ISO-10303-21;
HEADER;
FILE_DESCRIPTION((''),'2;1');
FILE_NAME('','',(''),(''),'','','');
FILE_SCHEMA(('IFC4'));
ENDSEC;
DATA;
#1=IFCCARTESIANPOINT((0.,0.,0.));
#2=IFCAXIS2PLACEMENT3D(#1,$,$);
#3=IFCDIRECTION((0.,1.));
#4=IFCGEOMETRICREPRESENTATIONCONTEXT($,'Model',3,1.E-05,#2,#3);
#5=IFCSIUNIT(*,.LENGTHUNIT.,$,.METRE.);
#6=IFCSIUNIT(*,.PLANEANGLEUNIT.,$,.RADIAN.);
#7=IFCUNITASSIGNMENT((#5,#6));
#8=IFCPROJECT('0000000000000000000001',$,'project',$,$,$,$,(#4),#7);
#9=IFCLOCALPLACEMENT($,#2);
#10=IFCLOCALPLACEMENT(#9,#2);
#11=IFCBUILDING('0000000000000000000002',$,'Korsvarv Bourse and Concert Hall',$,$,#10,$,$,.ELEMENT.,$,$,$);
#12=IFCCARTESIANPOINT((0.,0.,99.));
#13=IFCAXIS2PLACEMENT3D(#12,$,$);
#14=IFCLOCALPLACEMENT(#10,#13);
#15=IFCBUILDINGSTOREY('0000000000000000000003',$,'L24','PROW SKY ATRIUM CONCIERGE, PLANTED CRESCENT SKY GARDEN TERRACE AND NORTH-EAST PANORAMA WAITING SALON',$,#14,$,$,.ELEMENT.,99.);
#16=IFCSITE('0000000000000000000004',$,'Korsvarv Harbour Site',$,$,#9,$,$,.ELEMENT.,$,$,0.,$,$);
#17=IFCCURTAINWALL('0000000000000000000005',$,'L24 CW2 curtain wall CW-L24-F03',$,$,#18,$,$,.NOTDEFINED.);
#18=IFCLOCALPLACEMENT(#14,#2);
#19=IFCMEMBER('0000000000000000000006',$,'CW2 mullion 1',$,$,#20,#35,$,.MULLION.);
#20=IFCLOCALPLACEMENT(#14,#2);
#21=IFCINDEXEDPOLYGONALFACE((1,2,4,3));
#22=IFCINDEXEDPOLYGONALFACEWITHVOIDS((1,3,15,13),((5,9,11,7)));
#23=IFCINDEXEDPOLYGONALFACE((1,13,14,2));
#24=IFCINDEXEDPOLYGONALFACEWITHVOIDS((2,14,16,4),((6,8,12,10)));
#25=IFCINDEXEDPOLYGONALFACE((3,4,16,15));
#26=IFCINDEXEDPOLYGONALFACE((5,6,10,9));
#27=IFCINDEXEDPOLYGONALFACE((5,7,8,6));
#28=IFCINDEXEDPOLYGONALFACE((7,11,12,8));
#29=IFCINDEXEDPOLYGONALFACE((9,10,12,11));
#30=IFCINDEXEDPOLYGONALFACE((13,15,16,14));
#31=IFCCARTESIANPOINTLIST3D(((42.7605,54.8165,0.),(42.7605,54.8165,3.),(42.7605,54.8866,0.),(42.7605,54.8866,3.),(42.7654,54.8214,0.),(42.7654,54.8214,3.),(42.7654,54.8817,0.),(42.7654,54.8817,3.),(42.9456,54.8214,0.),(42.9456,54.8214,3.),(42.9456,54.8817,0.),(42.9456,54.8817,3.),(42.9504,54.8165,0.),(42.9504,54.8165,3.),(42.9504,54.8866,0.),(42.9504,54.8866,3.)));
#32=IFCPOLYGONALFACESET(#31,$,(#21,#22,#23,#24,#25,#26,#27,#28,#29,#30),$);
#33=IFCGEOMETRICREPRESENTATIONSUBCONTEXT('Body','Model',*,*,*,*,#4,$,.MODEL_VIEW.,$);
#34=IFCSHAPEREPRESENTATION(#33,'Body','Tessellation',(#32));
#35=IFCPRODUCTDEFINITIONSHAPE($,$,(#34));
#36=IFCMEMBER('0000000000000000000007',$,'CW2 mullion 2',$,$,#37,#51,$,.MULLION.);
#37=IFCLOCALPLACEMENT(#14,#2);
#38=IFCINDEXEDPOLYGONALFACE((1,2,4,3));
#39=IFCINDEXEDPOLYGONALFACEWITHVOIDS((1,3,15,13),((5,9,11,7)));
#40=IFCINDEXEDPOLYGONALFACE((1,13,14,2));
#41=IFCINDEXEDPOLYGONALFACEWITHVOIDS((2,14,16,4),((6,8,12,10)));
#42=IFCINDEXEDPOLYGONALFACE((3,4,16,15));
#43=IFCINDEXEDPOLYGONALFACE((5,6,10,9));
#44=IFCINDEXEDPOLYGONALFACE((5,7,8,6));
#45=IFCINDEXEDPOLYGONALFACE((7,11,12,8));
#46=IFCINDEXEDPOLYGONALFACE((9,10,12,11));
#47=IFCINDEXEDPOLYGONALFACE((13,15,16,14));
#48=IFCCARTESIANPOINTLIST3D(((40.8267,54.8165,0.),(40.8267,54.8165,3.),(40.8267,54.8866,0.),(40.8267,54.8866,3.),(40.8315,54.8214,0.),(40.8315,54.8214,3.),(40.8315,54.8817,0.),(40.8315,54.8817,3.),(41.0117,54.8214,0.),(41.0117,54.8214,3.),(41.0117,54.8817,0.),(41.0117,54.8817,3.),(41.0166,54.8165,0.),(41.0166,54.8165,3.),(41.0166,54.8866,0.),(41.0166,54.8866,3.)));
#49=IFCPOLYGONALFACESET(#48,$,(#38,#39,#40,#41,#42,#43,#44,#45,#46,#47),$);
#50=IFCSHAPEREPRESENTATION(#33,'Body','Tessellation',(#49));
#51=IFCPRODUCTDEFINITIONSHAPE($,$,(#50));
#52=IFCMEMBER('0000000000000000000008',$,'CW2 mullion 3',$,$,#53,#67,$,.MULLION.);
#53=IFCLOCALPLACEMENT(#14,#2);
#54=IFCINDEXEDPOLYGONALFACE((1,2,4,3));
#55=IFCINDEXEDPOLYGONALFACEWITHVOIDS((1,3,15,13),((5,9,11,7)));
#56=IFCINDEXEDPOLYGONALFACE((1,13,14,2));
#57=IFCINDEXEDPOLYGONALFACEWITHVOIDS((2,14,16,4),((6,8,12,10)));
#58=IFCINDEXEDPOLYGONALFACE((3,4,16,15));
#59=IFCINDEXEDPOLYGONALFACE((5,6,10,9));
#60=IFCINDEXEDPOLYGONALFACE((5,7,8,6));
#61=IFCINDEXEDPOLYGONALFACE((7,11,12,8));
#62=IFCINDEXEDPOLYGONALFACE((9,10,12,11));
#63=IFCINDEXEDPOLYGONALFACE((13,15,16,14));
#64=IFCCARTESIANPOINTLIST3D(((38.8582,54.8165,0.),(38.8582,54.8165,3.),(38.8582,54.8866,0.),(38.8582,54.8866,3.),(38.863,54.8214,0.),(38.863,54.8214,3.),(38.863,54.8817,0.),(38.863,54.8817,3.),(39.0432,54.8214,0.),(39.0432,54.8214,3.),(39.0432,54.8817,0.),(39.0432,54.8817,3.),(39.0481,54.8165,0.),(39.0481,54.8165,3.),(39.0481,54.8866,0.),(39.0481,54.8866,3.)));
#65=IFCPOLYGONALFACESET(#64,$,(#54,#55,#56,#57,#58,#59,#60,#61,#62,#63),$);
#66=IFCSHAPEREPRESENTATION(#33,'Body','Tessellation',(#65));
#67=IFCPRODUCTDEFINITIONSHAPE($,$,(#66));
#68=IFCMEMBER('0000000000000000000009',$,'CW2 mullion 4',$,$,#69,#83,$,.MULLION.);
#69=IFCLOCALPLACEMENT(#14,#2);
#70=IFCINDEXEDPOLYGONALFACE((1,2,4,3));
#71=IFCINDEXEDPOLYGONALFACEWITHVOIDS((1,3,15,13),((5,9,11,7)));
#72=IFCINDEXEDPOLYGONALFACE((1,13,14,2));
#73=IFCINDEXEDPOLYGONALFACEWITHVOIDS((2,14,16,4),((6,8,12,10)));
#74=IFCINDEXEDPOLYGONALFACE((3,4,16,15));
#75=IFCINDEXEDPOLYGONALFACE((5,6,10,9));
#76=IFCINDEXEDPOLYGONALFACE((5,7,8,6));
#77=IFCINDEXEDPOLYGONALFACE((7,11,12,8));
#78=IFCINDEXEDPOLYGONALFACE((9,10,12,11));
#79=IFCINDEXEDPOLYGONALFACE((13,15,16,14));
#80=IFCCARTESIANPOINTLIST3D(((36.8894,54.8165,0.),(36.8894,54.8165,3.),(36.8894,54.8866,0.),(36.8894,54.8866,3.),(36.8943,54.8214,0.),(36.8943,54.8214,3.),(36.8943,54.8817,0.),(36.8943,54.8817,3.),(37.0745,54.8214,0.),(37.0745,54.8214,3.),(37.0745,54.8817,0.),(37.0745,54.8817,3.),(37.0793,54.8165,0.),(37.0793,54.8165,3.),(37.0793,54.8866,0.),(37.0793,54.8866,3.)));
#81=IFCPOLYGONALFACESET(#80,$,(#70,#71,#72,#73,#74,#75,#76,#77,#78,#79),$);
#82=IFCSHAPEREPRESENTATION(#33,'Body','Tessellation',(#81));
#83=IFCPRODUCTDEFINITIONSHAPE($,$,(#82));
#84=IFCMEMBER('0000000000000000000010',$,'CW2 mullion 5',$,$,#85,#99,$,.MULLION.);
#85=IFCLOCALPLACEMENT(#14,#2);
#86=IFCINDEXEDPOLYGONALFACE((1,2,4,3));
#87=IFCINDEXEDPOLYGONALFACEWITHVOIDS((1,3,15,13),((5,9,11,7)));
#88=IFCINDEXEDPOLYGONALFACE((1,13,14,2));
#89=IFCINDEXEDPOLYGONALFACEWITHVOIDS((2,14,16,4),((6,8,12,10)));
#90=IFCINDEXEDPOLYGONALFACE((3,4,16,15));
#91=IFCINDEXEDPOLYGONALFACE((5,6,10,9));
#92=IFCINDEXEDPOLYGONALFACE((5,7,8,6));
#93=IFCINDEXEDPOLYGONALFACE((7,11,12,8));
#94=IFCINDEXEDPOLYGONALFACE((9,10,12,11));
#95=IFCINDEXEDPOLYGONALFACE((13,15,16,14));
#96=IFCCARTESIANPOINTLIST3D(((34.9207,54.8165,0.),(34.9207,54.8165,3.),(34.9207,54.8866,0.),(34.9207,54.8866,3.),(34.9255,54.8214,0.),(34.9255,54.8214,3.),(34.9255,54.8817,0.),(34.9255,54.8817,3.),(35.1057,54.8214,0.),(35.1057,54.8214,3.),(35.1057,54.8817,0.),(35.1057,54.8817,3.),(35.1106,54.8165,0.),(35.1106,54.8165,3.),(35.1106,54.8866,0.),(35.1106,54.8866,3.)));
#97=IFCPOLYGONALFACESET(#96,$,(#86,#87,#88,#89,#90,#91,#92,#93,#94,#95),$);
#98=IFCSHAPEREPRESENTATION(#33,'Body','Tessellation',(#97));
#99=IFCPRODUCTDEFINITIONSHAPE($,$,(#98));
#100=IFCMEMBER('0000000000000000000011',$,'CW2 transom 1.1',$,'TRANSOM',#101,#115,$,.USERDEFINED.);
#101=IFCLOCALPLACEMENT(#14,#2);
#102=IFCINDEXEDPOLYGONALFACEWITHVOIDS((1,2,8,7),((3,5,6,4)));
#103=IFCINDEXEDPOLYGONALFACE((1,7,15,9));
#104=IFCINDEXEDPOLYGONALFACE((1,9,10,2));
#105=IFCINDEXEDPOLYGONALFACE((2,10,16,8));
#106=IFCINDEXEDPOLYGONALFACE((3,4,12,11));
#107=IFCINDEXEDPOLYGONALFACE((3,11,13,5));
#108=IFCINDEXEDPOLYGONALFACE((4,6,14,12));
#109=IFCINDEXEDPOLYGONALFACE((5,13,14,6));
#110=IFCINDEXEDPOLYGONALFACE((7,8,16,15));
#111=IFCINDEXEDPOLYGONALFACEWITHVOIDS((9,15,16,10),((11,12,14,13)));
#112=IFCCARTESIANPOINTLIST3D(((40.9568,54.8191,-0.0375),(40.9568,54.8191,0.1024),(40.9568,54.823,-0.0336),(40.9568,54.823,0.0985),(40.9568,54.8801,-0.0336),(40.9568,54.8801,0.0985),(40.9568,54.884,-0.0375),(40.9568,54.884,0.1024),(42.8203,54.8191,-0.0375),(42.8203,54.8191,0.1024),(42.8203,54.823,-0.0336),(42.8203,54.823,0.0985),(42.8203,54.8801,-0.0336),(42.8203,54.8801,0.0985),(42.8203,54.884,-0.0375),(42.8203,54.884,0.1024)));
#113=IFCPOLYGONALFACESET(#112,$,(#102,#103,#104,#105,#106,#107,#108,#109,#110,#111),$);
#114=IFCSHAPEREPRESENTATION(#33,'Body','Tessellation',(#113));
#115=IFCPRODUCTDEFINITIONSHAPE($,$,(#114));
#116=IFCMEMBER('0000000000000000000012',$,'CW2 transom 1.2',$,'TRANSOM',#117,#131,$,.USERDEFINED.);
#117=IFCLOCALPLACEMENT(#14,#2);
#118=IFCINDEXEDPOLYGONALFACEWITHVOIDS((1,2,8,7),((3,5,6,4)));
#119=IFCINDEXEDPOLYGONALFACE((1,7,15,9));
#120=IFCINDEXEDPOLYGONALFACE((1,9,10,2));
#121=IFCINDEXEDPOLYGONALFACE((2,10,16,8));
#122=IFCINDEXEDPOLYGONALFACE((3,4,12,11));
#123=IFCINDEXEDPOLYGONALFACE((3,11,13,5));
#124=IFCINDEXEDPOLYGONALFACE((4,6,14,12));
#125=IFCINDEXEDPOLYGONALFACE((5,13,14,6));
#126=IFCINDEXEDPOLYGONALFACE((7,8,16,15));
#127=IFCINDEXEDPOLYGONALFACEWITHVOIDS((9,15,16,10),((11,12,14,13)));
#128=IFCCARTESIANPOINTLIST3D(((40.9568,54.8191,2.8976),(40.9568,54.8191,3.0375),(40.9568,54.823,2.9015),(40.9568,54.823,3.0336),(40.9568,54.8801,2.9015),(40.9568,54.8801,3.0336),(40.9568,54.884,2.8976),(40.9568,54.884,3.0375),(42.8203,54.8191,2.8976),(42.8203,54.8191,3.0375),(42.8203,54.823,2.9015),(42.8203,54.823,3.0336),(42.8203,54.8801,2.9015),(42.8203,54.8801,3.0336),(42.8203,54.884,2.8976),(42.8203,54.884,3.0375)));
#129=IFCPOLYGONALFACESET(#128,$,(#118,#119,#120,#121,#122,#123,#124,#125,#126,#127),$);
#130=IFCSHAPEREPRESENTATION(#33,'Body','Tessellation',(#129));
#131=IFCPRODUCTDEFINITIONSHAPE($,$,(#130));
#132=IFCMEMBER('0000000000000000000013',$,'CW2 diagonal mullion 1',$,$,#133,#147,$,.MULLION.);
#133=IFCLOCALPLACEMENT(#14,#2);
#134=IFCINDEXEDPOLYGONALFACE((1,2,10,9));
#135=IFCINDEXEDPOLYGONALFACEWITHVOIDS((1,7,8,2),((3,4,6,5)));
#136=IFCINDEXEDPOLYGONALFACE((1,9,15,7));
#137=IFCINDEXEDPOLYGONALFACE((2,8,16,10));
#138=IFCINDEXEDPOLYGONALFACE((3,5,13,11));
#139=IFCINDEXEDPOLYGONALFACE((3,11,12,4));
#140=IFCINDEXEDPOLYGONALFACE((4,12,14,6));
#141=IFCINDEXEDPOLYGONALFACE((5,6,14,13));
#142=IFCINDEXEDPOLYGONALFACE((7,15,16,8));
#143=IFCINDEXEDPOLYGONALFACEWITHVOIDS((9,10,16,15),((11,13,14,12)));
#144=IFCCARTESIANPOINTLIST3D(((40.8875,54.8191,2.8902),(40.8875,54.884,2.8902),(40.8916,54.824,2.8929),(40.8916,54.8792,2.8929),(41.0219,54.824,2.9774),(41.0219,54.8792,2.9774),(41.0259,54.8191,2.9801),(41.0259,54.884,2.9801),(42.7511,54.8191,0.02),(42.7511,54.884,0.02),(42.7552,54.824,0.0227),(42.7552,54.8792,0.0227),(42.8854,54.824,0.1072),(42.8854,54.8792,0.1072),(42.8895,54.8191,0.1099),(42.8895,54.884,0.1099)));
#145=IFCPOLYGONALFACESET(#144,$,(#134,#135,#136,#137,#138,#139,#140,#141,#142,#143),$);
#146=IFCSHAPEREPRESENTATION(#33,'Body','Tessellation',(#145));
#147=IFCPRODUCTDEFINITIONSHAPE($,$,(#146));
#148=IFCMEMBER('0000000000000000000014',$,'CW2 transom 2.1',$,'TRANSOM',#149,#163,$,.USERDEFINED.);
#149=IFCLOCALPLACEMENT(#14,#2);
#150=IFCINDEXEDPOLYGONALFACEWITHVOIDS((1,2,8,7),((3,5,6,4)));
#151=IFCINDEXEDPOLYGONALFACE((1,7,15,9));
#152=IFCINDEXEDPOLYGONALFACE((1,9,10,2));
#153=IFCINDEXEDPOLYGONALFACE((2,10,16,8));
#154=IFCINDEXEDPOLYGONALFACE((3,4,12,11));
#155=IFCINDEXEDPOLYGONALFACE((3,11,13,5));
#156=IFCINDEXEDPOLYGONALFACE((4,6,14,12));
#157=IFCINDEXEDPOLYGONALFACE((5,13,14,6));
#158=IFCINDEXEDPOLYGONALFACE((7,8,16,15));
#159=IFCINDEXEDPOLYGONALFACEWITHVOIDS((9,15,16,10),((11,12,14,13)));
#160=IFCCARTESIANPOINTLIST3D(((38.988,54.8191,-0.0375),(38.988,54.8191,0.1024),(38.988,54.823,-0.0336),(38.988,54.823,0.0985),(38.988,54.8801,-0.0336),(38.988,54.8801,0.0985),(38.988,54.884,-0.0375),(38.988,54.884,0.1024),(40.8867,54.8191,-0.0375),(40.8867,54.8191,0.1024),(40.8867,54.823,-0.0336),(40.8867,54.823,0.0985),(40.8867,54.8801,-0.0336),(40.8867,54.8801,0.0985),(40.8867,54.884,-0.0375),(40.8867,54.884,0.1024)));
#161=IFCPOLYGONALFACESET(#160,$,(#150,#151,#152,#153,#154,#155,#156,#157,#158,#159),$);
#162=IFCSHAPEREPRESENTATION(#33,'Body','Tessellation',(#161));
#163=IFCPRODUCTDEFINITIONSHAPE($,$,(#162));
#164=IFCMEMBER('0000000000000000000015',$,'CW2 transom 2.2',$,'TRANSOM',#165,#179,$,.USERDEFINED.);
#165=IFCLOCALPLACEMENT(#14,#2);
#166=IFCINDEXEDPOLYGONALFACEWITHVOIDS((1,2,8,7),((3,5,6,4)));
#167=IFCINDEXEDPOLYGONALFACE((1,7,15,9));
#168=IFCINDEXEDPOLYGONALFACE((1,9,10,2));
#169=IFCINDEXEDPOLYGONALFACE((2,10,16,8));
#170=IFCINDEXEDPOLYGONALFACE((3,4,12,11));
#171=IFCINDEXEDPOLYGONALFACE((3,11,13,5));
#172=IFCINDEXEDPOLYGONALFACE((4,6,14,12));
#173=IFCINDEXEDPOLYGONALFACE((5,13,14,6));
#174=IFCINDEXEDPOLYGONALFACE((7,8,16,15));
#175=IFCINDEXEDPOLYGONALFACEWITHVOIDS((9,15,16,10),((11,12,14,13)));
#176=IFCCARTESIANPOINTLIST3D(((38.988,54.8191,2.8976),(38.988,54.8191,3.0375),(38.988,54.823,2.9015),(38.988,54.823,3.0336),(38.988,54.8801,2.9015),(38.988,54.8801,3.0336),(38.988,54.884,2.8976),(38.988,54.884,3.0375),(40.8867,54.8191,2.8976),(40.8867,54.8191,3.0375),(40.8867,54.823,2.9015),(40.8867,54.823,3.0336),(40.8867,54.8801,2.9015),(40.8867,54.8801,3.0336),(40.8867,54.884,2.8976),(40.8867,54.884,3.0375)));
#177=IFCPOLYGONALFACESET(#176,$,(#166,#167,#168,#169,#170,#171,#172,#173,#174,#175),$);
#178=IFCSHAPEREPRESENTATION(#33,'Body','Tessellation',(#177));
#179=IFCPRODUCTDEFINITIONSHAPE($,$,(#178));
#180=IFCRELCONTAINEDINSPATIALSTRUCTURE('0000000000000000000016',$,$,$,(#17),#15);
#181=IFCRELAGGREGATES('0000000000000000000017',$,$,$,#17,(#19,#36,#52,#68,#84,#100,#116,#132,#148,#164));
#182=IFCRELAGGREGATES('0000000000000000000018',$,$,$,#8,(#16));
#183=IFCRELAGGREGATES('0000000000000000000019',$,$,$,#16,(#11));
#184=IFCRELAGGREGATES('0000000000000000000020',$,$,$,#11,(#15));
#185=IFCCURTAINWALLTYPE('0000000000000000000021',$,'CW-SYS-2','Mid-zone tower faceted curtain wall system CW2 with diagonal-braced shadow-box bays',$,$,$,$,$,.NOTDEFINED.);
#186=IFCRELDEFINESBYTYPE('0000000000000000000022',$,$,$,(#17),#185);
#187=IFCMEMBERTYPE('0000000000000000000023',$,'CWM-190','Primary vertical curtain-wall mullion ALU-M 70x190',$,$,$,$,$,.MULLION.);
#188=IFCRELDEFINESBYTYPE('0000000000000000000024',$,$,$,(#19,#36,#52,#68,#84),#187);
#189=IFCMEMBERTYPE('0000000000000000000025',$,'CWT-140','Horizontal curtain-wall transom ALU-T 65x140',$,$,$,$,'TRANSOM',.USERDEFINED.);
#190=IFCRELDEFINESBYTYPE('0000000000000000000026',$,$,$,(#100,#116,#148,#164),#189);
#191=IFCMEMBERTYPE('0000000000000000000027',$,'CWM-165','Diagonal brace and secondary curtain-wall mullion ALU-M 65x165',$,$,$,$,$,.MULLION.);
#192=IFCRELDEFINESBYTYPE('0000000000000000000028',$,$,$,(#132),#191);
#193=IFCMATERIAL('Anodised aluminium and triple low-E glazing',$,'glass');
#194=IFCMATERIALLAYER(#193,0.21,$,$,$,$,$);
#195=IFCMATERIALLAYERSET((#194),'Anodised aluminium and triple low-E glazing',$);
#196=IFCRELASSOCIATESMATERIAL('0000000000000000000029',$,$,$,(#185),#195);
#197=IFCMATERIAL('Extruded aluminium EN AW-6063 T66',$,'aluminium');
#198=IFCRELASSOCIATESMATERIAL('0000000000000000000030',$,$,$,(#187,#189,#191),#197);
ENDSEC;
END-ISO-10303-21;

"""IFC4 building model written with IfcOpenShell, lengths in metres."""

from ifc_helpers import new_model, si_unit, direction, frame, origin, origin_2d, place, context, subcontext, project, spatial, hollow_rectangle, extrude, source, transform, mapped, material, layer, layer_set, material_profile, profile_set, type_object, element, aggregate, save


model = new_model("IFC4")

# Units and contexts
model_context = context("Model", 3, precision=1e-05, world=origin(), true_north=direction((0.0, 1.0)))
body_context = subcontext(model_context, "Body", "Model", "MODEL_VIEW")
ifc_project = project(units=[si_unit("LENGTHUNIT", "METRE"), si_unit("PLANEANGLEUNIT", "RADIAN")], contexts=[model_context])

# Site, building, storey
site_placement = place(None, origin())
site = spatial("IfcSite", under=ifc_project, at=site_placement, Name="Korsvarv Harbour Site", CompositionType="ELEMENT", RefElevation=0.0)
building_placement = place(site_placement, origin())
building = spatial("IfcBuilding", under=site, at=building_placement, Name="Korsvarv Bourse and Concert Hall", CompositionType="ELEMENT")
storey_placement = place(building_placement, frame((0.0, 0.0, 99.0)))
storey = spatial("IfcBuildingStorey", under=building, at=storey_placement, Name="L24", Description="PROW SKY ATRIUM CONCIERGE, PLANTED CRESCENT SKY GARDEN TERRACE AND NORTH-EAST PANORAMA WAITING SALON", CompositionType="ELEMENT", Elevation=99.0)

# Curtain wall, members
ifc_material_1 = material(Name="Anodised aluminium and triple low-E glazing", Category="glass")
ifc_layer_1 = layer(ifc_material_1, 0.21)
ifc_layer_set_1 = layer_set([ifc_layer_1], Name="Anodised aluminium and triple low-E glazing")
curtain_wall_type = type_object("IfcCurtainWallType", Name="CW-SYS-2", Description="Mid-zone tower faceted curtain wall system CW2 with diagonal-braced shadow-box bays", PredefinedType="NOTDEFINED", material=ifc_layer_set_1)
curtain_wall_placement = place(storey_placement, origin())
curtain_wall = element("IfcCurtainWall", 1, at=curtain_wall_placement, inside=storey, type_object=curtain_wall_type, Name="L24 CW2 curtain wall CW-L24-F03", PredefinedType="NOTDEFINED")
ifc_material_2 = material(Name="Extruded aluminium EN AW-6063 T66", Category="aluminium")
ifc_material_profile_1 = material_profile(ifc_material_2, hollow_rectangle(XDim=0.0701, YDim=0.1899, WallThickness=0.0049, at=origin_2d()), Name="ALU-M 70x190")
ifc_profile_set_1 = profile_set([ifc_material_profile_1], Name="Extruded aluminium EN AW-6063 T66")
member_type_1 = type_object("IfcMemberType", Name="CWM-190", Description="Primary vertical curtain-wall mullion ALU-M 70x190", PredefinedType="MULLION", material=ifc_profile_set_1)
shared_shape_1 = source(origin(), body_context, "Body", "SweptSolid", [
    extrude(hollow_rectangle(XDim=0.0701, YDim=0.1899, WallThickness=0.0049, at=origin_2d()), origin(), (0.0, 0.0, 1.0), 3.0),
])
member_1_placement = place(storey_placement, frame((42.8555, 54.8516, 0.0), z_axis=(0.0, 0.0, 1.0), x_axis=(0.0, -1.0, 0.0)))
member_1 = element("IfcMember", 2, at=member_1_placement, type_object=member_type_1, Name="CW2 mullion 1", PredefinedType="MULLION", context=body_context, shape_type="MappedRepresentation", body=[
    mapped(shared_shape_1, transform((0.0, 0.0, 0.0), scale=1.0)),
])
member_2_placement = place(storey_placement, frame((40.9216, 54.8516, 0.0), z_axis=(0.0, 0.0, 1.0), x_axis=(0.0, -1.0, 0.0)))
member_2 = element("IfcMember", 3, at=member_2_placement, type_object=member_type_1, Name="CW2 mullion 2", PredefinedType="MULLION", context=body_context, shape_type="MappedRepresentation", body=[
    mapped(shared_shape_1, transform((0.0, 0.0, 0.0), scale=1.0)),
])
member_3_placement = place(storey_placement, frame((38.9531, 54.8516, 0.0), z_axis=(0.0, 0.0, 1.0), x_axis=(0.0, -1.0, 0.0)))
member_3 = element("IfcMember", 4, at=member_3_placement, type_object=member_type_1, Name="CW2 mullion 3", PredefinedType="MULLION", context=body_context, shape_type="MappedRepresentation", body=[
    mapped(shared_shape_1, transform((0.0, 0.0, 0.0), scale=1.0)),
])
member_4_placement = place(storey_placement, frame((36.9844, 54.8516, 0.0), z_axis=(0.0, 0.0, 1.0), x_axis=(0.0, -1.0, 0.0)))
member_4 = element("IfcMember", 5, at=member_4_placement, type_object=member_type_1, Name="CW2 mullion 4", PredefinedType="MULLION", context=body_context, shape_type="MappedRepresentation", body=[
    mapped(shared_shape_1, transform((0.0, 0.0, 0.0), scale=1.0)),
])
member_5_placement = place(storey_placement, frame((35.0156, 54.8516, 0.0), z_axis=(0.0, 0.0, 1.0), x_axis=(0.0, -1.0, 0.0)))
member_5 = element("IfcMember", 6, at=member_5_placement, type_object=member_type_1, Name="CW2 mullion 5", PredefinedType="MULLION", context=body_context, shape_type="MappedRepresentation", body=[
    mapped(shared_shape_1, transform((0.0, 0.0, 0.0), scale=1.0)),
])
ifc_material_profile_2 = material_profile(ifc_material_2, hollow_rectangle(XDim=0.0649, YDim=0.1399, WallThickness=0.0039, at=origin_2d()), Name="ALU-T 65x140")
ifc_profile_set_2 = profile_set([ifc_material_profile_2], Name="Extruded aluminium EN AW-6063 T66")
member_type_2 = type_object("IfcMemberType", Name="CWT-140", Description="Horizontal curtain-wall transom ALU-T 65x140", ElementType="TRANSOM", PredefinedType="USERDEFINED", material=ifc_profile_set_2)
shared_shape_2 = source(origin(), body_context, "Body", "SweptSolid", [
    extrude(hollow_rectangle(XDim=0.0649, YDim=0.1399, WallThickness=0.0039, at=origin_2d()), origin(), (0.0, 0.0, 1.0), 1.8635),
])
member_6_placement = place(storey_placement, frame((42.8203, 54.8516, 0.0325), z_axis=(-1.0, 0.0, 0.0), x_axis=(0.0, -1.0, 0.0)))
member_6 = element("IfcMember", 7, at=member_6_placement, type_object=member_type_2, Name="CW2 transom 1.1", ObjectType="TRANSOM", PredefinedType="USERDEFINED", context=body_context, shape_type="MappedRepresentation", body=[
    mapped(shared_shape_2, transform((0.0, 0.0, 0.0), scale=1.0)),
])
member_7_placement = place(storey_placement, frame((42.8203, 54.8516, 2.9675), z_axis=(-1.0, 0.0, 0.0), x_axis=(0.0, -1.0, 0.0)))
member_7 = element("IfcMember", 8, at=member_7_placement, type_object=member_type_2, Name="CW2 transom 1.2", ObjectType="TRANSOM", PredefinedType="USERDEFINED", context=body_context, shape_type="MappedRepresentation", body=[
    mapped(shared_shape_2, transform((0.0, 0.0, 0.0), scale=1.0)),
])
ifc_material_profile_3 = material_profile(ifc_material_2, hollow_rectangle(XDim=0.0649, YDim=0.165, WallThickness=0.0049, at=origin_2d()), Name="ALU-M 65x165")
ifc_profile_set_3 = profile_set([ifc_material_profile_3], Name="Extruded aluminium EN AW-6063 T66")
member_type_3 = type_object("IfcMemberType", Name="CWM-165", Description="Diagonal brace and secondary curtain-wall mullion ALU-M 65x165", PredefinedType="MULLION", material=ifc_profile_set_3)
shared_shape_3 = source(origin(), body_context, "Body", "SweptSolid", [
    extrude(hollow_rectangle(XDim=0.0649, YDim=0.165, WallThickness=0.0049, at=origin_2d()), origin(), (0.0, 0.0, 1.0), 3.4221),
])
member_8_placement = place(storey_placement, frame((42.8203, 54.8516, 0.0649), z_axis=(-0.544567, 0.0, 0.838717), x_axis=(0.0, -1.0, 0.0)))
member_8 = element("IfcMember", 9, at=member_8_placement, type_object=member_type_3, Name="CW2 diagonal mullion 1", PredefinedType="MULLION", context=body_context, shape_type="MappedRepresentation", body=[
    mapped(shared_shape_3, transform((0.0, 0.0, 0.0), scale=1.0)),
])
shared_shape_4 = source(origin(), body_context, "Body", "SweptSolid", [
    extrude(hollow_rectangle(XDim=0.0649, YDim=0.1399, WallThickness=0.0039, at=origin_2d()), origin(), (0.0, 0.0, 1.0), 1.8987),
])
member_9_placement = place(storey_placement, frame((40.8867, 54.8516, 0.0325), z_axis=(-1.0, 0.0, 0.0), x_axis=(0.0, -1.0, 0.0)))
member_9 = element("IfcMember", 10, at=member_9_placement, type_object=member_type_2, Name="CW2 transom 2.1", ObjectType="TRANSOM", PredefinedType="USERDEFINED", context=body_context, shape_type="MappedRepresentation", body=[
    mapped(shared_shape_4, transform((0.0, 0.0, 0.0), scale=1.0)),
])
member_10_placement = place(storey_placement, frame((40.8867, 54.8516, 2.9675), z_axis=(-1.0, 0.0, 0.0), x_axis=(0.0, -1.0, 0.0)))
member_10 = element("IfcMember", 11, at=member_10_placement, type_object=member_type_2, Name="CW2 transom 2.2", ObjectType="TRANSOM", PredefinedType="USERDEFINED", context=body_context, shape_type="MappedRepresentation", body=[
    mapped(shared_shape_4, transform((0.0, 0.0, 0.0), scale=1.0)),
])
aggregate(curtain_wall, [member_1, member_2, member_3, member_4, member_5, member_6, member_7, member_8, member_9, member_10])

save(model, "model.ifc")
